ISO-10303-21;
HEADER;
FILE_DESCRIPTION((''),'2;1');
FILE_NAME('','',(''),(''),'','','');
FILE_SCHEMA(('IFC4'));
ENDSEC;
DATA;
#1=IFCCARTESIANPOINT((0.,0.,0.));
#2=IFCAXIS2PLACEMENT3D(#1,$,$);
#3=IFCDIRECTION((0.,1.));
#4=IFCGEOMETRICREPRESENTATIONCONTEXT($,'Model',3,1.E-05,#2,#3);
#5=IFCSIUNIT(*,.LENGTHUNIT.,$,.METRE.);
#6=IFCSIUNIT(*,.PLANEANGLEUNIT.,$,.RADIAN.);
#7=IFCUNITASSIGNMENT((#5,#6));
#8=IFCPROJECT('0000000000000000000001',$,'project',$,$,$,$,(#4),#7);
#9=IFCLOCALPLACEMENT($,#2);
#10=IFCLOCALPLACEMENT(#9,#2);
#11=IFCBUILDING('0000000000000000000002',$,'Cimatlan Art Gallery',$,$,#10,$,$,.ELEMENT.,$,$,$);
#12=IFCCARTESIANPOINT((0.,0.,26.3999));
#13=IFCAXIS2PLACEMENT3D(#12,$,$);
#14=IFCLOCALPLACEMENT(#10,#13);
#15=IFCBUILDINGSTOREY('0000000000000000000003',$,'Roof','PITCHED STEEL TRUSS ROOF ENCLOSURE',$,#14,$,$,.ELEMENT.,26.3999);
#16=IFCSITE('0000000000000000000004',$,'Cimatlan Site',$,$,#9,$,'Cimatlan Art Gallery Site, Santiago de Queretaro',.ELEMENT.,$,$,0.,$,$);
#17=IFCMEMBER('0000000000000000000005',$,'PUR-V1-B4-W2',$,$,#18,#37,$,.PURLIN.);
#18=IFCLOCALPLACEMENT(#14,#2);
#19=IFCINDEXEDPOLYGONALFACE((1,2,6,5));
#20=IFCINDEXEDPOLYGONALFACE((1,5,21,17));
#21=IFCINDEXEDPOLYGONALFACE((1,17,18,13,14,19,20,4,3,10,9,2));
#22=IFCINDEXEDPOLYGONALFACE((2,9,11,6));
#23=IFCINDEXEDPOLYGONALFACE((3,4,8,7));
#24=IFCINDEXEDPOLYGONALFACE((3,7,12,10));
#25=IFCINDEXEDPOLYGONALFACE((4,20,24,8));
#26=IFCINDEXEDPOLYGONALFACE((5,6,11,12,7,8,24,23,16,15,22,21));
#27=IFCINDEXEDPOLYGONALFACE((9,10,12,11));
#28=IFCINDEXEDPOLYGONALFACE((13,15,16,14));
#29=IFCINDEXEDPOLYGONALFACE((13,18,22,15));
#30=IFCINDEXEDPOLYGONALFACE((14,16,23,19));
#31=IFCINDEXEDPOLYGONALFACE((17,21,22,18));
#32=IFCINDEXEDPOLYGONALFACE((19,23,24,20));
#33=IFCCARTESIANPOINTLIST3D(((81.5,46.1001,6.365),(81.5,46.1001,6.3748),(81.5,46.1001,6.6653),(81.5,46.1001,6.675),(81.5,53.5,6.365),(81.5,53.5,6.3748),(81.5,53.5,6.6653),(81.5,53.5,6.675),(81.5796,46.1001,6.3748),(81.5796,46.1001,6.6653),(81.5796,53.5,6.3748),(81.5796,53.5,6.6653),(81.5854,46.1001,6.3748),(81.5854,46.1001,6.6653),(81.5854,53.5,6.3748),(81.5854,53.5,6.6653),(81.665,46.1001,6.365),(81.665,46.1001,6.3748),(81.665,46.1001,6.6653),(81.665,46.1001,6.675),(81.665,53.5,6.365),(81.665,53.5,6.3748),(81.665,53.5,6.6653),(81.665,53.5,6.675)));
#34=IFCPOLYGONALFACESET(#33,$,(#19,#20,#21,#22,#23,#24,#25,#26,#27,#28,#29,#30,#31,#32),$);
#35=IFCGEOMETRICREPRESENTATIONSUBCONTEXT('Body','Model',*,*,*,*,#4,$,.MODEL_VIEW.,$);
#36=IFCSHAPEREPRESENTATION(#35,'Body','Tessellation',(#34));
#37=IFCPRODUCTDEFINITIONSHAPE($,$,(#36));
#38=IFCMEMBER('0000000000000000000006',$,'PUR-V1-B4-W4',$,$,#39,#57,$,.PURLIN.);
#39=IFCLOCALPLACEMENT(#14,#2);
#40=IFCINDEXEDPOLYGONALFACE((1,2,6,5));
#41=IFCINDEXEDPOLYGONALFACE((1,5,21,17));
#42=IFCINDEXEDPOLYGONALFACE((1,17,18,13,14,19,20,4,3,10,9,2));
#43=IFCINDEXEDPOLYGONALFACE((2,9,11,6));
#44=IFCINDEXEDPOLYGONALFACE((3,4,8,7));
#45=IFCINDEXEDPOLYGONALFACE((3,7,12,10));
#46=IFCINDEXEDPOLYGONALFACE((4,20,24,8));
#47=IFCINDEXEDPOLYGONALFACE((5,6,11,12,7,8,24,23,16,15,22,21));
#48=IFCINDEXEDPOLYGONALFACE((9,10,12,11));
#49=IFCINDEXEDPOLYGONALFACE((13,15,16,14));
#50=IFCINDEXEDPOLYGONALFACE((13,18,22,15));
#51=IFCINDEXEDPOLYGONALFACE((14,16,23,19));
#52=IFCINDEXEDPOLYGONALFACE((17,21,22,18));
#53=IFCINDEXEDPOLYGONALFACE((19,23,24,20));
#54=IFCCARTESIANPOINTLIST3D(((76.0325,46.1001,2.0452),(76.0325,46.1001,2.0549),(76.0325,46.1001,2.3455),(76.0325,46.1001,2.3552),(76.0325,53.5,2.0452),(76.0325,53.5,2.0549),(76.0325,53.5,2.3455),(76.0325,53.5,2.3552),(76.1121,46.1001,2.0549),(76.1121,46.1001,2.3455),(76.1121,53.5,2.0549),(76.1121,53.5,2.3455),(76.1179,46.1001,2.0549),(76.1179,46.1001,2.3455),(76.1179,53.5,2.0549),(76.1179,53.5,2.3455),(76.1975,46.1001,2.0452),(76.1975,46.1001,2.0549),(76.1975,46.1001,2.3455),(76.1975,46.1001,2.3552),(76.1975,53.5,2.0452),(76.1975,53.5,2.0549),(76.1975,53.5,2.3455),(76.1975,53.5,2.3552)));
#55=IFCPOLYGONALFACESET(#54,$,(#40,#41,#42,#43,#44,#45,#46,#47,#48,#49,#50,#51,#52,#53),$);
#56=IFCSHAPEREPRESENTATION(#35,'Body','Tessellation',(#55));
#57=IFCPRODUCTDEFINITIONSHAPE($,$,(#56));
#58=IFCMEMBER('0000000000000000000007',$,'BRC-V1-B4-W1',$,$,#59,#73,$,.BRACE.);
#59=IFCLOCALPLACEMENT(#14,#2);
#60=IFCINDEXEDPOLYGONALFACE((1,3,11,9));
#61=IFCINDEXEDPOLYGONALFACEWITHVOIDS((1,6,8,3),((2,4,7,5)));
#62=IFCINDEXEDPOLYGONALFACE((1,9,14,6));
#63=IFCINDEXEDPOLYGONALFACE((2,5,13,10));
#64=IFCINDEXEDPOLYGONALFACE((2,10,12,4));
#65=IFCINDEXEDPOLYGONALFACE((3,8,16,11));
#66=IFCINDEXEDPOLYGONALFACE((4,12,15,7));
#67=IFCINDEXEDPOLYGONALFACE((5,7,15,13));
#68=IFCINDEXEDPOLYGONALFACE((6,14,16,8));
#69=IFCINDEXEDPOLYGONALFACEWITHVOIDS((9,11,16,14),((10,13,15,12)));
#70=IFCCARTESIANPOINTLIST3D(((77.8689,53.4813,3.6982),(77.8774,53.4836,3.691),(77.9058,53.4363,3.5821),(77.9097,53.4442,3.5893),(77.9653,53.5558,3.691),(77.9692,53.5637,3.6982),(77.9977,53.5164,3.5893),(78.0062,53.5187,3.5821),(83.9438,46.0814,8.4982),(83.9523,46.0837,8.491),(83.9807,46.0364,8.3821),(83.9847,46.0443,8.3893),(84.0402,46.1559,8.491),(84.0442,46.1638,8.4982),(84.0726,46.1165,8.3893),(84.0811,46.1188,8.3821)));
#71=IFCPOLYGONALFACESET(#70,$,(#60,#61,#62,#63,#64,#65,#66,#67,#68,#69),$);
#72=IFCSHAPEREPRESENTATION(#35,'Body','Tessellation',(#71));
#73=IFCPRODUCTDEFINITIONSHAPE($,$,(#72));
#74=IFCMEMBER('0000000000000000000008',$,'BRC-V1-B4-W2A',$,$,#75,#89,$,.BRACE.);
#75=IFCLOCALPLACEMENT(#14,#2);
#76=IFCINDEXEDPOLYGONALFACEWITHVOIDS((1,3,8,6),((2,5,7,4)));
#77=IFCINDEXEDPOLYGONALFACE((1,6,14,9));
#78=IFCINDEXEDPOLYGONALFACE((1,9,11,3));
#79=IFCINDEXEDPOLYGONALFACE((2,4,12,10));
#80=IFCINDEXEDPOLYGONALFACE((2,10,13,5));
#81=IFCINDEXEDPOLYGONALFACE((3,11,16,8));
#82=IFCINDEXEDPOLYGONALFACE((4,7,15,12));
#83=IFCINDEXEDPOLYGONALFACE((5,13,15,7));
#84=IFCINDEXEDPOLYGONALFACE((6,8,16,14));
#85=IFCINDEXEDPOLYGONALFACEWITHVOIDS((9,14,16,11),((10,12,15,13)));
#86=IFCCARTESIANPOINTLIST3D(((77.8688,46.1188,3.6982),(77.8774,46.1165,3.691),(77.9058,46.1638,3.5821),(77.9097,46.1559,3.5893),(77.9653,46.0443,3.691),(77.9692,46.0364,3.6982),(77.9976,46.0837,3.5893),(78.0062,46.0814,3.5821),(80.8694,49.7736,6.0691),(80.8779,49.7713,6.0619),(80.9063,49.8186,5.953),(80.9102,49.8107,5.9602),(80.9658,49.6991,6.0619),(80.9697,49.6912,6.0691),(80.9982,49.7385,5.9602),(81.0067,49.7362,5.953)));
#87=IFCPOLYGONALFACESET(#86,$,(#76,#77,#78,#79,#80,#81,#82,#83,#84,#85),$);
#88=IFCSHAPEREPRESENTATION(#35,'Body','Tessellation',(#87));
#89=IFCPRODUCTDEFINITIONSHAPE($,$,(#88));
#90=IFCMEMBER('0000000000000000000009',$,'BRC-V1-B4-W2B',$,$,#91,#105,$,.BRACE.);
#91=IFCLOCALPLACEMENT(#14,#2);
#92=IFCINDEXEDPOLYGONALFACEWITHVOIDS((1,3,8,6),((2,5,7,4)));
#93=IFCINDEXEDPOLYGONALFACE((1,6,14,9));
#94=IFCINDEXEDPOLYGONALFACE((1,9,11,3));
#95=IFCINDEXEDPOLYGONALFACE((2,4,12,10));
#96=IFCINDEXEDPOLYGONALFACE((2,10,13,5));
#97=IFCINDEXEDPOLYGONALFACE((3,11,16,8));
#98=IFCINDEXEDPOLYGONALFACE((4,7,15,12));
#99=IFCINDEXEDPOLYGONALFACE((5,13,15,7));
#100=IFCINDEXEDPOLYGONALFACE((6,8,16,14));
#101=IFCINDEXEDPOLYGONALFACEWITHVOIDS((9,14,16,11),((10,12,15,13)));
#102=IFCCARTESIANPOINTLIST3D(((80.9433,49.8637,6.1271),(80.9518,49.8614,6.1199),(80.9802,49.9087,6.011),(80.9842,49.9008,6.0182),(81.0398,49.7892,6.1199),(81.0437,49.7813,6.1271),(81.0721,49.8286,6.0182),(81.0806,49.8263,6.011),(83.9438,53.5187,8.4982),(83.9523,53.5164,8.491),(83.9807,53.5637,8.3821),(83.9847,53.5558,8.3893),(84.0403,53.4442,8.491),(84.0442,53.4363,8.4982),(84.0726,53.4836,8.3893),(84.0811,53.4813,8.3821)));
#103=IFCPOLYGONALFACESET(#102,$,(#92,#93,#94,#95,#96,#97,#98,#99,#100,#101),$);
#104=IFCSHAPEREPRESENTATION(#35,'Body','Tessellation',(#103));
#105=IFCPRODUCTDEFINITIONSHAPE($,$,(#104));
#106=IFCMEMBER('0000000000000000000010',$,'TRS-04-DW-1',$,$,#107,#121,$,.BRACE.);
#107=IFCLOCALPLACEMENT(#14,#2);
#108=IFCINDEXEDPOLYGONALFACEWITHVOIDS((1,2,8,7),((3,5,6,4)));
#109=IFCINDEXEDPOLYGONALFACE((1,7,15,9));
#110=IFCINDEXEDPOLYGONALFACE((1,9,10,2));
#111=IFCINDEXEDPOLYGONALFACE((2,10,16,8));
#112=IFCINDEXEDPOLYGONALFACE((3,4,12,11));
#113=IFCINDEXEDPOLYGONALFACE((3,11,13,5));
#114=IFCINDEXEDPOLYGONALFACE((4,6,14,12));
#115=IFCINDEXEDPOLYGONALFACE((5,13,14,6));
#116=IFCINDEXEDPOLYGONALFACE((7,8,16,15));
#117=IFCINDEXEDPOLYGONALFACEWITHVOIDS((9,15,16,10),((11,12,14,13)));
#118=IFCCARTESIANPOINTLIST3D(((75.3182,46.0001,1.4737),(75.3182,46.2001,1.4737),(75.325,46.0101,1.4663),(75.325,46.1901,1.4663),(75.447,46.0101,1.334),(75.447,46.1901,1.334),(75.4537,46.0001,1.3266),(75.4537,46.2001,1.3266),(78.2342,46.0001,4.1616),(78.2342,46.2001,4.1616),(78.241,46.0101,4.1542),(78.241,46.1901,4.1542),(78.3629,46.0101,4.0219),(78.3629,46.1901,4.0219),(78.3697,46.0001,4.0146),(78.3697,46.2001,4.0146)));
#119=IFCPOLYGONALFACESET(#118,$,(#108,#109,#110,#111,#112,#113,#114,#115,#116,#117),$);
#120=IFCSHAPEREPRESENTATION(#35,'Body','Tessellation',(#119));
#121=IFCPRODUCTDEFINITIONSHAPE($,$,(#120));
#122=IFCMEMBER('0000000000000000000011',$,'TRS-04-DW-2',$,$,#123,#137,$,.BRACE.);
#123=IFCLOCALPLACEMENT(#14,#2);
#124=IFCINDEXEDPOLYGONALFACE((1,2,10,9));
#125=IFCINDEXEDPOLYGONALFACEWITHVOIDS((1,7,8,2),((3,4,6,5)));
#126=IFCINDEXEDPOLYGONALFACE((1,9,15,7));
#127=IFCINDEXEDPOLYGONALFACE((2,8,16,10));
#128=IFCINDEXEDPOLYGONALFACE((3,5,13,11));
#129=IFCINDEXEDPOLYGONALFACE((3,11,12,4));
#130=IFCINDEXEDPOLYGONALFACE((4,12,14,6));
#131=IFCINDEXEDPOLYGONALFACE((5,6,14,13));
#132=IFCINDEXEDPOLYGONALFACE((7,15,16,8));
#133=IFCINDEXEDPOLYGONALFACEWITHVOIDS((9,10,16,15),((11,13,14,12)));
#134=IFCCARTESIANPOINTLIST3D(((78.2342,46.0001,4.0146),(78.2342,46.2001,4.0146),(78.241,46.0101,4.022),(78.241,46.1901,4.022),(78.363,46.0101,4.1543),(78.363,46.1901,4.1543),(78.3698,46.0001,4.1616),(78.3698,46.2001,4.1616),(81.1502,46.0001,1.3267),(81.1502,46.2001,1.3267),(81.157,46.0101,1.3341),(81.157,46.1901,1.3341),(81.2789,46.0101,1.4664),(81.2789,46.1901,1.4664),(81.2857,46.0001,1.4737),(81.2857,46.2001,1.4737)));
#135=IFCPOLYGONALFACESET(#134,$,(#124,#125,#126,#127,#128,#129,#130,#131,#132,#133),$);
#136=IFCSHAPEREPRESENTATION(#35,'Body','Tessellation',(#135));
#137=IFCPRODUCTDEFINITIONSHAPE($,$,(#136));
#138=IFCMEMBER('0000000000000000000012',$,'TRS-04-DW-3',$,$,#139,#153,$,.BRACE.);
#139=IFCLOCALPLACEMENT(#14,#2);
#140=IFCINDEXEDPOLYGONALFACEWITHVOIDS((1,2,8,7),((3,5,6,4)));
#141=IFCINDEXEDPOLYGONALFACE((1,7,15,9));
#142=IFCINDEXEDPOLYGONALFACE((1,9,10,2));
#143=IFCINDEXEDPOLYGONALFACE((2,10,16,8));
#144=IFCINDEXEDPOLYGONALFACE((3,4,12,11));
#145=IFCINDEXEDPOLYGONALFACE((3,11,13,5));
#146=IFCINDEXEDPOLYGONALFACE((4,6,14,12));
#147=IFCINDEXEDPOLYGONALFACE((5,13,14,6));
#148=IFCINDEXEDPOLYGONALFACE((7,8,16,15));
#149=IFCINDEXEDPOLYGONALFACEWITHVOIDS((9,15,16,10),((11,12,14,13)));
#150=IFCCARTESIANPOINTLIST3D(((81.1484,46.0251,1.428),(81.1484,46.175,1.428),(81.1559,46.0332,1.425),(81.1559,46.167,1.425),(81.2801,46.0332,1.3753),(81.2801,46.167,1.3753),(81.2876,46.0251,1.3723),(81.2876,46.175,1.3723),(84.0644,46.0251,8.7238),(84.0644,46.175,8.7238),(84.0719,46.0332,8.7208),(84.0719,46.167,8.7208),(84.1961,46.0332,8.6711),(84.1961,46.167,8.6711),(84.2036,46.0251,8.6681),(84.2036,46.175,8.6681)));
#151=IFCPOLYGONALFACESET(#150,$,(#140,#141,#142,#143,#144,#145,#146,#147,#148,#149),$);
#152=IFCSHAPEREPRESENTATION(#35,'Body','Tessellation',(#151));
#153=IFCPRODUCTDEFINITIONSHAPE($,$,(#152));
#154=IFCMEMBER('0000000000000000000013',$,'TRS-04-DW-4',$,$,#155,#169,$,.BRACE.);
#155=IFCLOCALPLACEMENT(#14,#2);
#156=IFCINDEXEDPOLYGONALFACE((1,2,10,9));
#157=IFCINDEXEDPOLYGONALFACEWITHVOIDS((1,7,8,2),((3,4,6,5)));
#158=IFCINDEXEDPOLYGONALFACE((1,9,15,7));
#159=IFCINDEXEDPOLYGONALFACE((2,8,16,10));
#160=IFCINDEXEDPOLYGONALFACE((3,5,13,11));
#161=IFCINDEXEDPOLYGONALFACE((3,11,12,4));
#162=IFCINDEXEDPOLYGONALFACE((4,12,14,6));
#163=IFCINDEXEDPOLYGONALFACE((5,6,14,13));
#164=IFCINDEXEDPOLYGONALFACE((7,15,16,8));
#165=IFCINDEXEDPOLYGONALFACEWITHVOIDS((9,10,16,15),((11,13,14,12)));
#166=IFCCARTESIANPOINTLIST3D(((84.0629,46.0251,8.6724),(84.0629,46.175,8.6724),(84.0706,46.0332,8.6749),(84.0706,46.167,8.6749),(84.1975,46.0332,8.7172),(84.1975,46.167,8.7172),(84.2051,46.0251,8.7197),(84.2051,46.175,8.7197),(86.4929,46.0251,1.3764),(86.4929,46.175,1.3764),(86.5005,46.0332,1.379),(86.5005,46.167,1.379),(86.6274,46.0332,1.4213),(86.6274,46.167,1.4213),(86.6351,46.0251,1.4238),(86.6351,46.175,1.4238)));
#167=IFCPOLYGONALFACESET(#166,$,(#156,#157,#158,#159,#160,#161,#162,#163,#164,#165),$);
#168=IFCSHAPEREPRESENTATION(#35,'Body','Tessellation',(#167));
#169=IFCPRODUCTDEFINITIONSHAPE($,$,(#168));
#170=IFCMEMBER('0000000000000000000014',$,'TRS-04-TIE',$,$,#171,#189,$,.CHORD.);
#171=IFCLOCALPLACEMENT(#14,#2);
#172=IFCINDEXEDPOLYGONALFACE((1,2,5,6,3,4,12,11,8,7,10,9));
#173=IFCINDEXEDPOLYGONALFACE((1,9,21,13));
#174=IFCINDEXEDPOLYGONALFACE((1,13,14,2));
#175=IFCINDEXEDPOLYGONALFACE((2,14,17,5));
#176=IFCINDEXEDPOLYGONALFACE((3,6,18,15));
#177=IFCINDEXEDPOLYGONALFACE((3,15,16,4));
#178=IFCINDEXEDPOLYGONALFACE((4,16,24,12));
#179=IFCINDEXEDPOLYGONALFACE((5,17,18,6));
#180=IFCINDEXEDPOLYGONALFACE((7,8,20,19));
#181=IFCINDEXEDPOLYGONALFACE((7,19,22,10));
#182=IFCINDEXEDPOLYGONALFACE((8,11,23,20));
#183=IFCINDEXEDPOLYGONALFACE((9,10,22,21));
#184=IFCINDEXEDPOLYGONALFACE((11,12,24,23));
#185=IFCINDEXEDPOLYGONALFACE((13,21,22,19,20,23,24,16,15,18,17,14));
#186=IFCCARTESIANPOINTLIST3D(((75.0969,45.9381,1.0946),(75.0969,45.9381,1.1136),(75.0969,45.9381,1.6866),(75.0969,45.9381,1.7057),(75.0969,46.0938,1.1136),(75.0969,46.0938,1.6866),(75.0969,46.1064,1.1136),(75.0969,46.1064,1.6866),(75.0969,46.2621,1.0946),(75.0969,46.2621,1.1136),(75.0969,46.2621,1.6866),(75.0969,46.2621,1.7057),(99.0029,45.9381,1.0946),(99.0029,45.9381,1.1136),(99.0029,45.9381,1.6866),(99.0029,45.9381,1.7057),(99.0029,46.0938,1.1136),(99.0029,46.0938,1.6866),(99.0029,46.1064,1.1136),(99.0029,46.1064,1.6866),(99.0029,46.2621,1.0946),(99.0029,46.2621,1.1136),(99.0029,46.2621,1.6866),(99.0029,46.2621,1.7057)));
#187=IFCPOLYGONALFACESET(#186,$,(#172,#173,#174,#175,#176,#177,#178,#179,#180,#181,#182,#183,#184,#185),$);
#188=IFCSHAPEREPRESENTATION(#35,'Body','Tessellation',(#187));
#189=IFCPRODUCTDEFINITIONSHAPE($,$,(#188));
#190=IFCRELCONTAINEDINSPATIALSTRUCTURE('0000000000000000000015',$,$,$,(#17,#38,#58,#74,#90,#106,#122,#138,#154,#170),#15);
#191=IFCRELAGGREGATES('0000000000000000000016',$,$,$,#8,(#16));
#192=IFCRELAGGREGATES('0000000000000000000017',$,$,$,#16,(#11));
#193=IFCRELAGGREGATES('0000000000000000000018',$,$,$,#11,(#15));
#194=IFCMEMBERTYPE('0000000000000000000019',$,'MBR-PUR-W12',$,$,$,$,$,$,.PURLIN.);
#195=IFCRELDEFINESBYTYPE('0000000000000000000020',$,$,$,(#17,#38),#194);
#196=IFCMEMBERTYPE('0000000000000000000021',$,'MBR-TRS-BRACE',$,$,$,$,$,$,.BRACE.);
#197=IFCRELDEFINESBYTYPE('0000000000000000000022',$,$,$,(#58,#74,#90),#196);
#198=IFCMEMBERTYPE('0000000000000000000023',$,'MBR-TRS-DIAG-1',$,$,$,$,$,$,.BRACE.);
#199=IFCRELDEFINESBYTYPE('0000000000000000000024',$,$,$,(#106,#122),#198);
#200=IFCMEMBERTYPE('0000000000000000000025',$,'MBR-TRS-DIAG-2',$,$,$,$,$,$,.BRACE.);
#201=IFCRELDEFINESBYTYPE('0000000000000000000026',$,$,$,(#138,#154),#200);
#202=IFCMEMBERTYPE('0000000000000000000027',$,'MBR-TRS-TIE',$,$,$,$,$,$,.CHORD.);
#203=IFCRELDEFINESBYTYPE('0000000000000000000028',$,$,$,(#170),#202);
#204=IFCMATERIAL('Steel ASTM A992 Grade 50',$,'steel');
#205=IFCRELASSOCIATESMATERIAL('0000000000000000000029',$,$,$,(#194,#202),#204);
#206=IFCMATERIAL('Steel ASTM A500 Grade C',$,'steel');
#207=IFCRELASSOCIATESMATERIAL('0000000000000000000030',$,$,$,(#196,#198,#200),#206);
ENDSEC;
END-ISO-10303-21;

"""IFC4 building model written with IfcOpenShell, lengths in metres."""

from ifc_helpers import new_model, si_unit, direction, frame, origin, origin_2d, place, context, subcontext, project, spatial, hollow_rectangle, i_section, extrude, material, material_profile, profile_set, type_object, element, save


model = new_model("IFC4")

# Units and contexts
model_context = context("Model", 3, precision=1e-05, world=origin(), true_north=direction((0.0, 1.0)))
body_context = subcontext(model_context, "Body", "Model", "MODEL_VIEW")
ifc_project = project(units=[si_unit("LENGTHUNIT", "METRE"), si_unit("PLANEANGLEUNIT", "RADIAN")], contexts=[model_context])

# Site, building, storey
site_placement = place(None, origin())
site = spatial("IfcSite", under=ifc_project, at=site_placement, Name="Cimatlan Site", LongName="Cimatlan Art Gallery Site, Santiago de Queretaro", CompositionType="ELEMENT", RefElevation=0.0)
building_placement = place(site_placement, origin())
building = spatial("IfcBuilding", under=site, at=building_placement, Name="Cimatlan Art Gallery", CompositionType="ELEMENT")
storey_placement = place(building_placement, frame((0.0, 0.0, 26.3999)))
storey = spatial("IfcBuildingStorey", under=building, at=storey_placement, Name="Roof", Description="PITCHED STEEL TRUSS ROOF ENCLOSURE", CompositionType="ELEMENT", Elevation=26.3999)

# Shared definitions
ifc_material_1 = material(Name="Steel ASTM A992 Grade 50", Category="steel")

# Members
ifc_material_2 = material(Name="Steel ASTM A500 Grade C", Category="steel")
ifc_material_profile_1 = material_profile(ifc_material_1, i_section(OverallWidth=0.165, OverallDepth=0.3101, WebThickness=0.0059, FlangeThickness=0.0098, at=origin_2d()), Name="W12X26")
ifc_profile_set_1 = profile_set([ifc_material_profile_1], Name="Steel ASTM A992 Grade 50")
member_type_1 = type_object("IfcMemberType", Name="MBR-PUR-W12", PredefinedType="PURLIN", material=ifc_profile_set_1)
for number, where, z_axis, x_axis, name in (
    (1, (81.5825, 46.1001, 6.52), (0.0, 1.0, 0.0), (-1.0, 0.0, 0.0), "PUR-V1-B4-W2"),
    (2, (76.115, 46.1001, 2.2002), (0.0, 1.0, 0.0), (-1.0, 0.0, 0.0), "PUR-V1-B4-W4"),
):
    element("IfcMember", number, at=place(storey_placement, frame(where, z_axis=z_axis, x_axis=x_axis)), inside=storey, type_object=member_type_1, Name=name, PredefinedType="PURLIN", context=body_context, shape_type="SweptSolid", body=[
        extrude(i_section(OverallWidth=0.165, OverallDepth=0.3101, WebThickness=0.0059, FlangeThickness=0.0098, at=origin_2d()), origin(), (0.0, 0.0, 1.0), 7.3999),
    ])
ifc_material_profile_2 = material_profile(ifc_material_2, hollow_rectangle(XDim=0.1299, YDim=0.1299, WallThickness=0.0081, at=origin_2d()), Name="HSS130X130X8")
ifc_profile_set_2 = profile_set([ifc_material_profile_2], Name="Steel ASTM A500 Grade C")
member_type_2 = type_object("IfcMemberType", Name="MBR-TRS-BRACE", PredefinedType="BRACE", material=ifc_profile_set_2)
member_1_placement = place(storey_placement, frame((84.0125, 46.1001, 8.4402), z_axis=(-0.567222, 0.690934, -0.448184), x_axis=(-0.772908, -0.634519, 0.0)))
element("IfcMember", 3, at=member_1_placement, inside=storey, type_object=member_type_2, Name="BRC-V1-B4-W1", PredefinedType="BRACE", context=body_context, shape_type="SweptSolid", body=[
    extrude(hollow_rectangle(XDim=0.1299, YDim=0.1299, WallThickness=0.0081, at=origin_2d()), origin(), (0.0, 0.0, 1.0), 10.71),
])
member_2_placement = place(storey_placement, frame((77.9375, 46.1001, 3.6401), z_axis=(0.567228, 0.69092, 0.448198), x_axis=(-0.772898, 0.63453, 0.0)))
element("IfcMember", 4, at=member_2_placement, inside=storey, type_object=member_type_2, Name="BRC-V1-B4-W2A", PredefinedType="BRACE", context=body_context, shape_type="SweptSolid", body=[
    extrude(hollow_rectangle(XDim=0.1299, YDim=0.1299, WallThickness=0.0081, at=origin_2d()), origin(), (0.0, 0.0, 1.0), 5.2898),
])
member_3_placement = place(storey_placement, frame((81.012, 49.845, 6.0691), z_axis=(0.567198, 0.69093, 0.448221), x_axis=(-0.772919, 0.634505, 0.0)))
element("IfcMember", 5, at=member_3_placement, inside=storey, type_object=member_type_2, Name="BRC-V1-B4-W2B", PredefinedType="BRACE", context=body_context, shape_type="SweptSolid", body=[
    extrude(hollow_rectangle(XDim=0.1299, YDim=0.1299, WallThickness=0.0081, at=origin_2d()), origin(), (0.0, 0.0, 1.0), 5.29),
])
ifc_material_profile_3 = material_profile(ifc_material_2, hollow_rectangle(XDim=0.2, YDim=0.2, WallThickness=0.01, at=origin_2d()), Name="HSS200X200X10")
ifc_profile_set_3 = profile_set([ifc_material_profile_3], Name="Steel ASTM A500 Grade C")
member_type_3 = type_object("IfcMemberType", Name="MBR-TRS-DIAG-1", PredefinedType="BRACE", material=ifc_profile_set_3)
for number, where, z_axis, x_axis, name in (
    (6, (75.386, 46.1001, 1.4001), (0.735271, 0.0, 0.677774), (0.0, 1.0, 0.0), "TRS-04-DW-1"),
    (7, (78.302, 46.1001, 4.0881), (0.735271, 0.0, -0.677774), (0.0, 1.0, 0.0), "TRS-04-DW-2"),
):
    element("IfcMember", number, at=place(storey_placement, frame(where, z_axis=z_axis, x_axis=x_axis)), inside=storey, type_object=member_type_3, Name=name, PredefinedType="BRACE", context=body_context, shape_type="SweptSolid", body=[
        extrude(hollow_rectangle(XDim=0.2, YDim=0.2, WallThickness=0.01, at=origin_2d()), origin(), (0.0, 0.0, 1.0), 3.9658),
    ])
ifc_material_profile_4 = material_profile(ifc_material_2, hollow_rectangle(XDim=0.1499, YDim=0.1499, WallThickness=0.0081, at=origin_2d()), Name="HSS150X150X8")
ifc_profile_set_4 = profile_set([ifc_material_profile_4], Name="Steel ASTM A500 Grade C")
member_type_4 = type_object("IfcMemberType", Name="MBR-TRS-DIAG-2", PredefinedType="BRACE", material=ifc_profile_set_4)
member_4_placement = place(storey_placement, frame((81.218, 46.1001, 1.4001), z_axis=(0.371134, 0.0, 0.92858), x_axis=(0.0, 1.0, 0.0)))
element("IfcMember", 8, at=member_4_placement, inside=storey, type_object=member_type_4, Name="TRS-04-DW-3", PredefinedType="BRACE", context=body_context, shape_type="SweptSolid", body=[
    extrude(hollow_rectangle(XDim=0.1499, YDim=0.1499, WallThickness=0.0081, at=origin_2d()), origin(), (0.0, 0.0, 1.0), 7.8569),
])
member_5_placement = place(storey_placement, frame((84.134, 46.1001, 8.696), z_axis=(0.31599, 0.0, -0.948763), x_axis=(0.0, 1.0, 0.0)))
element("IfcMember", 9, at=member_5_placement, inside=storey, type_object=member_type_4, Name="TRS-04-DW-4", PredefinedType="BRACE", context=body_context, shape_type="SweptSolid", body=[
    extrude(hollow_rectangle(XDim=0.1499, YDim=0.1499, WallThickness=0.0081, at=origin_2d()), origin(), (0.0, 0.0, 1.0), 7.6899),
])
ifc_material_profile_5 = material_profile(ifc_material_1, i_section(OverallWidth=0.324, OverallDepth=0.6111, WebThickness=0.0127, FlangeThickness=0.019, at=origin_2d()), Name="W24X104")
ifc_profile_set_5 = profile_set([ifc_material_profile_5], Name="Steel ASTM A992 Grade 50")
member_type_5 = type_object("IfcMemberType", Name="MBR-TRS-TIE", PredefinedType="CHORD", material=ifc_profile_set_5)
for number, where, z_axis, x_axis, name in (
    (10, (75.0969, 46.1001, 1.4001), (1.0, 0.0, 0.0), (0.0, 1.0, 0.0), "TRS-04-TIE"),
):
    element("IfcMember", number, at=place(storey_placement, frame(where, z_axis=z_axis, x_axis=x_axis)), inside=storey, type_object=member_type_5, Name=name, PredefinedType="CHORD", context=body_context, shape_type="SweptSolid", body=[
        extrude(i_section(OverallWidth=0.324, OverallDepth=0.6111, WebThickness=0.0127, FlangeThickness=0.019, at=origin_2d()), origin(), (0.0, 0.0, 1.0), 23.906),
    ])

save(model, "model.ifc")
